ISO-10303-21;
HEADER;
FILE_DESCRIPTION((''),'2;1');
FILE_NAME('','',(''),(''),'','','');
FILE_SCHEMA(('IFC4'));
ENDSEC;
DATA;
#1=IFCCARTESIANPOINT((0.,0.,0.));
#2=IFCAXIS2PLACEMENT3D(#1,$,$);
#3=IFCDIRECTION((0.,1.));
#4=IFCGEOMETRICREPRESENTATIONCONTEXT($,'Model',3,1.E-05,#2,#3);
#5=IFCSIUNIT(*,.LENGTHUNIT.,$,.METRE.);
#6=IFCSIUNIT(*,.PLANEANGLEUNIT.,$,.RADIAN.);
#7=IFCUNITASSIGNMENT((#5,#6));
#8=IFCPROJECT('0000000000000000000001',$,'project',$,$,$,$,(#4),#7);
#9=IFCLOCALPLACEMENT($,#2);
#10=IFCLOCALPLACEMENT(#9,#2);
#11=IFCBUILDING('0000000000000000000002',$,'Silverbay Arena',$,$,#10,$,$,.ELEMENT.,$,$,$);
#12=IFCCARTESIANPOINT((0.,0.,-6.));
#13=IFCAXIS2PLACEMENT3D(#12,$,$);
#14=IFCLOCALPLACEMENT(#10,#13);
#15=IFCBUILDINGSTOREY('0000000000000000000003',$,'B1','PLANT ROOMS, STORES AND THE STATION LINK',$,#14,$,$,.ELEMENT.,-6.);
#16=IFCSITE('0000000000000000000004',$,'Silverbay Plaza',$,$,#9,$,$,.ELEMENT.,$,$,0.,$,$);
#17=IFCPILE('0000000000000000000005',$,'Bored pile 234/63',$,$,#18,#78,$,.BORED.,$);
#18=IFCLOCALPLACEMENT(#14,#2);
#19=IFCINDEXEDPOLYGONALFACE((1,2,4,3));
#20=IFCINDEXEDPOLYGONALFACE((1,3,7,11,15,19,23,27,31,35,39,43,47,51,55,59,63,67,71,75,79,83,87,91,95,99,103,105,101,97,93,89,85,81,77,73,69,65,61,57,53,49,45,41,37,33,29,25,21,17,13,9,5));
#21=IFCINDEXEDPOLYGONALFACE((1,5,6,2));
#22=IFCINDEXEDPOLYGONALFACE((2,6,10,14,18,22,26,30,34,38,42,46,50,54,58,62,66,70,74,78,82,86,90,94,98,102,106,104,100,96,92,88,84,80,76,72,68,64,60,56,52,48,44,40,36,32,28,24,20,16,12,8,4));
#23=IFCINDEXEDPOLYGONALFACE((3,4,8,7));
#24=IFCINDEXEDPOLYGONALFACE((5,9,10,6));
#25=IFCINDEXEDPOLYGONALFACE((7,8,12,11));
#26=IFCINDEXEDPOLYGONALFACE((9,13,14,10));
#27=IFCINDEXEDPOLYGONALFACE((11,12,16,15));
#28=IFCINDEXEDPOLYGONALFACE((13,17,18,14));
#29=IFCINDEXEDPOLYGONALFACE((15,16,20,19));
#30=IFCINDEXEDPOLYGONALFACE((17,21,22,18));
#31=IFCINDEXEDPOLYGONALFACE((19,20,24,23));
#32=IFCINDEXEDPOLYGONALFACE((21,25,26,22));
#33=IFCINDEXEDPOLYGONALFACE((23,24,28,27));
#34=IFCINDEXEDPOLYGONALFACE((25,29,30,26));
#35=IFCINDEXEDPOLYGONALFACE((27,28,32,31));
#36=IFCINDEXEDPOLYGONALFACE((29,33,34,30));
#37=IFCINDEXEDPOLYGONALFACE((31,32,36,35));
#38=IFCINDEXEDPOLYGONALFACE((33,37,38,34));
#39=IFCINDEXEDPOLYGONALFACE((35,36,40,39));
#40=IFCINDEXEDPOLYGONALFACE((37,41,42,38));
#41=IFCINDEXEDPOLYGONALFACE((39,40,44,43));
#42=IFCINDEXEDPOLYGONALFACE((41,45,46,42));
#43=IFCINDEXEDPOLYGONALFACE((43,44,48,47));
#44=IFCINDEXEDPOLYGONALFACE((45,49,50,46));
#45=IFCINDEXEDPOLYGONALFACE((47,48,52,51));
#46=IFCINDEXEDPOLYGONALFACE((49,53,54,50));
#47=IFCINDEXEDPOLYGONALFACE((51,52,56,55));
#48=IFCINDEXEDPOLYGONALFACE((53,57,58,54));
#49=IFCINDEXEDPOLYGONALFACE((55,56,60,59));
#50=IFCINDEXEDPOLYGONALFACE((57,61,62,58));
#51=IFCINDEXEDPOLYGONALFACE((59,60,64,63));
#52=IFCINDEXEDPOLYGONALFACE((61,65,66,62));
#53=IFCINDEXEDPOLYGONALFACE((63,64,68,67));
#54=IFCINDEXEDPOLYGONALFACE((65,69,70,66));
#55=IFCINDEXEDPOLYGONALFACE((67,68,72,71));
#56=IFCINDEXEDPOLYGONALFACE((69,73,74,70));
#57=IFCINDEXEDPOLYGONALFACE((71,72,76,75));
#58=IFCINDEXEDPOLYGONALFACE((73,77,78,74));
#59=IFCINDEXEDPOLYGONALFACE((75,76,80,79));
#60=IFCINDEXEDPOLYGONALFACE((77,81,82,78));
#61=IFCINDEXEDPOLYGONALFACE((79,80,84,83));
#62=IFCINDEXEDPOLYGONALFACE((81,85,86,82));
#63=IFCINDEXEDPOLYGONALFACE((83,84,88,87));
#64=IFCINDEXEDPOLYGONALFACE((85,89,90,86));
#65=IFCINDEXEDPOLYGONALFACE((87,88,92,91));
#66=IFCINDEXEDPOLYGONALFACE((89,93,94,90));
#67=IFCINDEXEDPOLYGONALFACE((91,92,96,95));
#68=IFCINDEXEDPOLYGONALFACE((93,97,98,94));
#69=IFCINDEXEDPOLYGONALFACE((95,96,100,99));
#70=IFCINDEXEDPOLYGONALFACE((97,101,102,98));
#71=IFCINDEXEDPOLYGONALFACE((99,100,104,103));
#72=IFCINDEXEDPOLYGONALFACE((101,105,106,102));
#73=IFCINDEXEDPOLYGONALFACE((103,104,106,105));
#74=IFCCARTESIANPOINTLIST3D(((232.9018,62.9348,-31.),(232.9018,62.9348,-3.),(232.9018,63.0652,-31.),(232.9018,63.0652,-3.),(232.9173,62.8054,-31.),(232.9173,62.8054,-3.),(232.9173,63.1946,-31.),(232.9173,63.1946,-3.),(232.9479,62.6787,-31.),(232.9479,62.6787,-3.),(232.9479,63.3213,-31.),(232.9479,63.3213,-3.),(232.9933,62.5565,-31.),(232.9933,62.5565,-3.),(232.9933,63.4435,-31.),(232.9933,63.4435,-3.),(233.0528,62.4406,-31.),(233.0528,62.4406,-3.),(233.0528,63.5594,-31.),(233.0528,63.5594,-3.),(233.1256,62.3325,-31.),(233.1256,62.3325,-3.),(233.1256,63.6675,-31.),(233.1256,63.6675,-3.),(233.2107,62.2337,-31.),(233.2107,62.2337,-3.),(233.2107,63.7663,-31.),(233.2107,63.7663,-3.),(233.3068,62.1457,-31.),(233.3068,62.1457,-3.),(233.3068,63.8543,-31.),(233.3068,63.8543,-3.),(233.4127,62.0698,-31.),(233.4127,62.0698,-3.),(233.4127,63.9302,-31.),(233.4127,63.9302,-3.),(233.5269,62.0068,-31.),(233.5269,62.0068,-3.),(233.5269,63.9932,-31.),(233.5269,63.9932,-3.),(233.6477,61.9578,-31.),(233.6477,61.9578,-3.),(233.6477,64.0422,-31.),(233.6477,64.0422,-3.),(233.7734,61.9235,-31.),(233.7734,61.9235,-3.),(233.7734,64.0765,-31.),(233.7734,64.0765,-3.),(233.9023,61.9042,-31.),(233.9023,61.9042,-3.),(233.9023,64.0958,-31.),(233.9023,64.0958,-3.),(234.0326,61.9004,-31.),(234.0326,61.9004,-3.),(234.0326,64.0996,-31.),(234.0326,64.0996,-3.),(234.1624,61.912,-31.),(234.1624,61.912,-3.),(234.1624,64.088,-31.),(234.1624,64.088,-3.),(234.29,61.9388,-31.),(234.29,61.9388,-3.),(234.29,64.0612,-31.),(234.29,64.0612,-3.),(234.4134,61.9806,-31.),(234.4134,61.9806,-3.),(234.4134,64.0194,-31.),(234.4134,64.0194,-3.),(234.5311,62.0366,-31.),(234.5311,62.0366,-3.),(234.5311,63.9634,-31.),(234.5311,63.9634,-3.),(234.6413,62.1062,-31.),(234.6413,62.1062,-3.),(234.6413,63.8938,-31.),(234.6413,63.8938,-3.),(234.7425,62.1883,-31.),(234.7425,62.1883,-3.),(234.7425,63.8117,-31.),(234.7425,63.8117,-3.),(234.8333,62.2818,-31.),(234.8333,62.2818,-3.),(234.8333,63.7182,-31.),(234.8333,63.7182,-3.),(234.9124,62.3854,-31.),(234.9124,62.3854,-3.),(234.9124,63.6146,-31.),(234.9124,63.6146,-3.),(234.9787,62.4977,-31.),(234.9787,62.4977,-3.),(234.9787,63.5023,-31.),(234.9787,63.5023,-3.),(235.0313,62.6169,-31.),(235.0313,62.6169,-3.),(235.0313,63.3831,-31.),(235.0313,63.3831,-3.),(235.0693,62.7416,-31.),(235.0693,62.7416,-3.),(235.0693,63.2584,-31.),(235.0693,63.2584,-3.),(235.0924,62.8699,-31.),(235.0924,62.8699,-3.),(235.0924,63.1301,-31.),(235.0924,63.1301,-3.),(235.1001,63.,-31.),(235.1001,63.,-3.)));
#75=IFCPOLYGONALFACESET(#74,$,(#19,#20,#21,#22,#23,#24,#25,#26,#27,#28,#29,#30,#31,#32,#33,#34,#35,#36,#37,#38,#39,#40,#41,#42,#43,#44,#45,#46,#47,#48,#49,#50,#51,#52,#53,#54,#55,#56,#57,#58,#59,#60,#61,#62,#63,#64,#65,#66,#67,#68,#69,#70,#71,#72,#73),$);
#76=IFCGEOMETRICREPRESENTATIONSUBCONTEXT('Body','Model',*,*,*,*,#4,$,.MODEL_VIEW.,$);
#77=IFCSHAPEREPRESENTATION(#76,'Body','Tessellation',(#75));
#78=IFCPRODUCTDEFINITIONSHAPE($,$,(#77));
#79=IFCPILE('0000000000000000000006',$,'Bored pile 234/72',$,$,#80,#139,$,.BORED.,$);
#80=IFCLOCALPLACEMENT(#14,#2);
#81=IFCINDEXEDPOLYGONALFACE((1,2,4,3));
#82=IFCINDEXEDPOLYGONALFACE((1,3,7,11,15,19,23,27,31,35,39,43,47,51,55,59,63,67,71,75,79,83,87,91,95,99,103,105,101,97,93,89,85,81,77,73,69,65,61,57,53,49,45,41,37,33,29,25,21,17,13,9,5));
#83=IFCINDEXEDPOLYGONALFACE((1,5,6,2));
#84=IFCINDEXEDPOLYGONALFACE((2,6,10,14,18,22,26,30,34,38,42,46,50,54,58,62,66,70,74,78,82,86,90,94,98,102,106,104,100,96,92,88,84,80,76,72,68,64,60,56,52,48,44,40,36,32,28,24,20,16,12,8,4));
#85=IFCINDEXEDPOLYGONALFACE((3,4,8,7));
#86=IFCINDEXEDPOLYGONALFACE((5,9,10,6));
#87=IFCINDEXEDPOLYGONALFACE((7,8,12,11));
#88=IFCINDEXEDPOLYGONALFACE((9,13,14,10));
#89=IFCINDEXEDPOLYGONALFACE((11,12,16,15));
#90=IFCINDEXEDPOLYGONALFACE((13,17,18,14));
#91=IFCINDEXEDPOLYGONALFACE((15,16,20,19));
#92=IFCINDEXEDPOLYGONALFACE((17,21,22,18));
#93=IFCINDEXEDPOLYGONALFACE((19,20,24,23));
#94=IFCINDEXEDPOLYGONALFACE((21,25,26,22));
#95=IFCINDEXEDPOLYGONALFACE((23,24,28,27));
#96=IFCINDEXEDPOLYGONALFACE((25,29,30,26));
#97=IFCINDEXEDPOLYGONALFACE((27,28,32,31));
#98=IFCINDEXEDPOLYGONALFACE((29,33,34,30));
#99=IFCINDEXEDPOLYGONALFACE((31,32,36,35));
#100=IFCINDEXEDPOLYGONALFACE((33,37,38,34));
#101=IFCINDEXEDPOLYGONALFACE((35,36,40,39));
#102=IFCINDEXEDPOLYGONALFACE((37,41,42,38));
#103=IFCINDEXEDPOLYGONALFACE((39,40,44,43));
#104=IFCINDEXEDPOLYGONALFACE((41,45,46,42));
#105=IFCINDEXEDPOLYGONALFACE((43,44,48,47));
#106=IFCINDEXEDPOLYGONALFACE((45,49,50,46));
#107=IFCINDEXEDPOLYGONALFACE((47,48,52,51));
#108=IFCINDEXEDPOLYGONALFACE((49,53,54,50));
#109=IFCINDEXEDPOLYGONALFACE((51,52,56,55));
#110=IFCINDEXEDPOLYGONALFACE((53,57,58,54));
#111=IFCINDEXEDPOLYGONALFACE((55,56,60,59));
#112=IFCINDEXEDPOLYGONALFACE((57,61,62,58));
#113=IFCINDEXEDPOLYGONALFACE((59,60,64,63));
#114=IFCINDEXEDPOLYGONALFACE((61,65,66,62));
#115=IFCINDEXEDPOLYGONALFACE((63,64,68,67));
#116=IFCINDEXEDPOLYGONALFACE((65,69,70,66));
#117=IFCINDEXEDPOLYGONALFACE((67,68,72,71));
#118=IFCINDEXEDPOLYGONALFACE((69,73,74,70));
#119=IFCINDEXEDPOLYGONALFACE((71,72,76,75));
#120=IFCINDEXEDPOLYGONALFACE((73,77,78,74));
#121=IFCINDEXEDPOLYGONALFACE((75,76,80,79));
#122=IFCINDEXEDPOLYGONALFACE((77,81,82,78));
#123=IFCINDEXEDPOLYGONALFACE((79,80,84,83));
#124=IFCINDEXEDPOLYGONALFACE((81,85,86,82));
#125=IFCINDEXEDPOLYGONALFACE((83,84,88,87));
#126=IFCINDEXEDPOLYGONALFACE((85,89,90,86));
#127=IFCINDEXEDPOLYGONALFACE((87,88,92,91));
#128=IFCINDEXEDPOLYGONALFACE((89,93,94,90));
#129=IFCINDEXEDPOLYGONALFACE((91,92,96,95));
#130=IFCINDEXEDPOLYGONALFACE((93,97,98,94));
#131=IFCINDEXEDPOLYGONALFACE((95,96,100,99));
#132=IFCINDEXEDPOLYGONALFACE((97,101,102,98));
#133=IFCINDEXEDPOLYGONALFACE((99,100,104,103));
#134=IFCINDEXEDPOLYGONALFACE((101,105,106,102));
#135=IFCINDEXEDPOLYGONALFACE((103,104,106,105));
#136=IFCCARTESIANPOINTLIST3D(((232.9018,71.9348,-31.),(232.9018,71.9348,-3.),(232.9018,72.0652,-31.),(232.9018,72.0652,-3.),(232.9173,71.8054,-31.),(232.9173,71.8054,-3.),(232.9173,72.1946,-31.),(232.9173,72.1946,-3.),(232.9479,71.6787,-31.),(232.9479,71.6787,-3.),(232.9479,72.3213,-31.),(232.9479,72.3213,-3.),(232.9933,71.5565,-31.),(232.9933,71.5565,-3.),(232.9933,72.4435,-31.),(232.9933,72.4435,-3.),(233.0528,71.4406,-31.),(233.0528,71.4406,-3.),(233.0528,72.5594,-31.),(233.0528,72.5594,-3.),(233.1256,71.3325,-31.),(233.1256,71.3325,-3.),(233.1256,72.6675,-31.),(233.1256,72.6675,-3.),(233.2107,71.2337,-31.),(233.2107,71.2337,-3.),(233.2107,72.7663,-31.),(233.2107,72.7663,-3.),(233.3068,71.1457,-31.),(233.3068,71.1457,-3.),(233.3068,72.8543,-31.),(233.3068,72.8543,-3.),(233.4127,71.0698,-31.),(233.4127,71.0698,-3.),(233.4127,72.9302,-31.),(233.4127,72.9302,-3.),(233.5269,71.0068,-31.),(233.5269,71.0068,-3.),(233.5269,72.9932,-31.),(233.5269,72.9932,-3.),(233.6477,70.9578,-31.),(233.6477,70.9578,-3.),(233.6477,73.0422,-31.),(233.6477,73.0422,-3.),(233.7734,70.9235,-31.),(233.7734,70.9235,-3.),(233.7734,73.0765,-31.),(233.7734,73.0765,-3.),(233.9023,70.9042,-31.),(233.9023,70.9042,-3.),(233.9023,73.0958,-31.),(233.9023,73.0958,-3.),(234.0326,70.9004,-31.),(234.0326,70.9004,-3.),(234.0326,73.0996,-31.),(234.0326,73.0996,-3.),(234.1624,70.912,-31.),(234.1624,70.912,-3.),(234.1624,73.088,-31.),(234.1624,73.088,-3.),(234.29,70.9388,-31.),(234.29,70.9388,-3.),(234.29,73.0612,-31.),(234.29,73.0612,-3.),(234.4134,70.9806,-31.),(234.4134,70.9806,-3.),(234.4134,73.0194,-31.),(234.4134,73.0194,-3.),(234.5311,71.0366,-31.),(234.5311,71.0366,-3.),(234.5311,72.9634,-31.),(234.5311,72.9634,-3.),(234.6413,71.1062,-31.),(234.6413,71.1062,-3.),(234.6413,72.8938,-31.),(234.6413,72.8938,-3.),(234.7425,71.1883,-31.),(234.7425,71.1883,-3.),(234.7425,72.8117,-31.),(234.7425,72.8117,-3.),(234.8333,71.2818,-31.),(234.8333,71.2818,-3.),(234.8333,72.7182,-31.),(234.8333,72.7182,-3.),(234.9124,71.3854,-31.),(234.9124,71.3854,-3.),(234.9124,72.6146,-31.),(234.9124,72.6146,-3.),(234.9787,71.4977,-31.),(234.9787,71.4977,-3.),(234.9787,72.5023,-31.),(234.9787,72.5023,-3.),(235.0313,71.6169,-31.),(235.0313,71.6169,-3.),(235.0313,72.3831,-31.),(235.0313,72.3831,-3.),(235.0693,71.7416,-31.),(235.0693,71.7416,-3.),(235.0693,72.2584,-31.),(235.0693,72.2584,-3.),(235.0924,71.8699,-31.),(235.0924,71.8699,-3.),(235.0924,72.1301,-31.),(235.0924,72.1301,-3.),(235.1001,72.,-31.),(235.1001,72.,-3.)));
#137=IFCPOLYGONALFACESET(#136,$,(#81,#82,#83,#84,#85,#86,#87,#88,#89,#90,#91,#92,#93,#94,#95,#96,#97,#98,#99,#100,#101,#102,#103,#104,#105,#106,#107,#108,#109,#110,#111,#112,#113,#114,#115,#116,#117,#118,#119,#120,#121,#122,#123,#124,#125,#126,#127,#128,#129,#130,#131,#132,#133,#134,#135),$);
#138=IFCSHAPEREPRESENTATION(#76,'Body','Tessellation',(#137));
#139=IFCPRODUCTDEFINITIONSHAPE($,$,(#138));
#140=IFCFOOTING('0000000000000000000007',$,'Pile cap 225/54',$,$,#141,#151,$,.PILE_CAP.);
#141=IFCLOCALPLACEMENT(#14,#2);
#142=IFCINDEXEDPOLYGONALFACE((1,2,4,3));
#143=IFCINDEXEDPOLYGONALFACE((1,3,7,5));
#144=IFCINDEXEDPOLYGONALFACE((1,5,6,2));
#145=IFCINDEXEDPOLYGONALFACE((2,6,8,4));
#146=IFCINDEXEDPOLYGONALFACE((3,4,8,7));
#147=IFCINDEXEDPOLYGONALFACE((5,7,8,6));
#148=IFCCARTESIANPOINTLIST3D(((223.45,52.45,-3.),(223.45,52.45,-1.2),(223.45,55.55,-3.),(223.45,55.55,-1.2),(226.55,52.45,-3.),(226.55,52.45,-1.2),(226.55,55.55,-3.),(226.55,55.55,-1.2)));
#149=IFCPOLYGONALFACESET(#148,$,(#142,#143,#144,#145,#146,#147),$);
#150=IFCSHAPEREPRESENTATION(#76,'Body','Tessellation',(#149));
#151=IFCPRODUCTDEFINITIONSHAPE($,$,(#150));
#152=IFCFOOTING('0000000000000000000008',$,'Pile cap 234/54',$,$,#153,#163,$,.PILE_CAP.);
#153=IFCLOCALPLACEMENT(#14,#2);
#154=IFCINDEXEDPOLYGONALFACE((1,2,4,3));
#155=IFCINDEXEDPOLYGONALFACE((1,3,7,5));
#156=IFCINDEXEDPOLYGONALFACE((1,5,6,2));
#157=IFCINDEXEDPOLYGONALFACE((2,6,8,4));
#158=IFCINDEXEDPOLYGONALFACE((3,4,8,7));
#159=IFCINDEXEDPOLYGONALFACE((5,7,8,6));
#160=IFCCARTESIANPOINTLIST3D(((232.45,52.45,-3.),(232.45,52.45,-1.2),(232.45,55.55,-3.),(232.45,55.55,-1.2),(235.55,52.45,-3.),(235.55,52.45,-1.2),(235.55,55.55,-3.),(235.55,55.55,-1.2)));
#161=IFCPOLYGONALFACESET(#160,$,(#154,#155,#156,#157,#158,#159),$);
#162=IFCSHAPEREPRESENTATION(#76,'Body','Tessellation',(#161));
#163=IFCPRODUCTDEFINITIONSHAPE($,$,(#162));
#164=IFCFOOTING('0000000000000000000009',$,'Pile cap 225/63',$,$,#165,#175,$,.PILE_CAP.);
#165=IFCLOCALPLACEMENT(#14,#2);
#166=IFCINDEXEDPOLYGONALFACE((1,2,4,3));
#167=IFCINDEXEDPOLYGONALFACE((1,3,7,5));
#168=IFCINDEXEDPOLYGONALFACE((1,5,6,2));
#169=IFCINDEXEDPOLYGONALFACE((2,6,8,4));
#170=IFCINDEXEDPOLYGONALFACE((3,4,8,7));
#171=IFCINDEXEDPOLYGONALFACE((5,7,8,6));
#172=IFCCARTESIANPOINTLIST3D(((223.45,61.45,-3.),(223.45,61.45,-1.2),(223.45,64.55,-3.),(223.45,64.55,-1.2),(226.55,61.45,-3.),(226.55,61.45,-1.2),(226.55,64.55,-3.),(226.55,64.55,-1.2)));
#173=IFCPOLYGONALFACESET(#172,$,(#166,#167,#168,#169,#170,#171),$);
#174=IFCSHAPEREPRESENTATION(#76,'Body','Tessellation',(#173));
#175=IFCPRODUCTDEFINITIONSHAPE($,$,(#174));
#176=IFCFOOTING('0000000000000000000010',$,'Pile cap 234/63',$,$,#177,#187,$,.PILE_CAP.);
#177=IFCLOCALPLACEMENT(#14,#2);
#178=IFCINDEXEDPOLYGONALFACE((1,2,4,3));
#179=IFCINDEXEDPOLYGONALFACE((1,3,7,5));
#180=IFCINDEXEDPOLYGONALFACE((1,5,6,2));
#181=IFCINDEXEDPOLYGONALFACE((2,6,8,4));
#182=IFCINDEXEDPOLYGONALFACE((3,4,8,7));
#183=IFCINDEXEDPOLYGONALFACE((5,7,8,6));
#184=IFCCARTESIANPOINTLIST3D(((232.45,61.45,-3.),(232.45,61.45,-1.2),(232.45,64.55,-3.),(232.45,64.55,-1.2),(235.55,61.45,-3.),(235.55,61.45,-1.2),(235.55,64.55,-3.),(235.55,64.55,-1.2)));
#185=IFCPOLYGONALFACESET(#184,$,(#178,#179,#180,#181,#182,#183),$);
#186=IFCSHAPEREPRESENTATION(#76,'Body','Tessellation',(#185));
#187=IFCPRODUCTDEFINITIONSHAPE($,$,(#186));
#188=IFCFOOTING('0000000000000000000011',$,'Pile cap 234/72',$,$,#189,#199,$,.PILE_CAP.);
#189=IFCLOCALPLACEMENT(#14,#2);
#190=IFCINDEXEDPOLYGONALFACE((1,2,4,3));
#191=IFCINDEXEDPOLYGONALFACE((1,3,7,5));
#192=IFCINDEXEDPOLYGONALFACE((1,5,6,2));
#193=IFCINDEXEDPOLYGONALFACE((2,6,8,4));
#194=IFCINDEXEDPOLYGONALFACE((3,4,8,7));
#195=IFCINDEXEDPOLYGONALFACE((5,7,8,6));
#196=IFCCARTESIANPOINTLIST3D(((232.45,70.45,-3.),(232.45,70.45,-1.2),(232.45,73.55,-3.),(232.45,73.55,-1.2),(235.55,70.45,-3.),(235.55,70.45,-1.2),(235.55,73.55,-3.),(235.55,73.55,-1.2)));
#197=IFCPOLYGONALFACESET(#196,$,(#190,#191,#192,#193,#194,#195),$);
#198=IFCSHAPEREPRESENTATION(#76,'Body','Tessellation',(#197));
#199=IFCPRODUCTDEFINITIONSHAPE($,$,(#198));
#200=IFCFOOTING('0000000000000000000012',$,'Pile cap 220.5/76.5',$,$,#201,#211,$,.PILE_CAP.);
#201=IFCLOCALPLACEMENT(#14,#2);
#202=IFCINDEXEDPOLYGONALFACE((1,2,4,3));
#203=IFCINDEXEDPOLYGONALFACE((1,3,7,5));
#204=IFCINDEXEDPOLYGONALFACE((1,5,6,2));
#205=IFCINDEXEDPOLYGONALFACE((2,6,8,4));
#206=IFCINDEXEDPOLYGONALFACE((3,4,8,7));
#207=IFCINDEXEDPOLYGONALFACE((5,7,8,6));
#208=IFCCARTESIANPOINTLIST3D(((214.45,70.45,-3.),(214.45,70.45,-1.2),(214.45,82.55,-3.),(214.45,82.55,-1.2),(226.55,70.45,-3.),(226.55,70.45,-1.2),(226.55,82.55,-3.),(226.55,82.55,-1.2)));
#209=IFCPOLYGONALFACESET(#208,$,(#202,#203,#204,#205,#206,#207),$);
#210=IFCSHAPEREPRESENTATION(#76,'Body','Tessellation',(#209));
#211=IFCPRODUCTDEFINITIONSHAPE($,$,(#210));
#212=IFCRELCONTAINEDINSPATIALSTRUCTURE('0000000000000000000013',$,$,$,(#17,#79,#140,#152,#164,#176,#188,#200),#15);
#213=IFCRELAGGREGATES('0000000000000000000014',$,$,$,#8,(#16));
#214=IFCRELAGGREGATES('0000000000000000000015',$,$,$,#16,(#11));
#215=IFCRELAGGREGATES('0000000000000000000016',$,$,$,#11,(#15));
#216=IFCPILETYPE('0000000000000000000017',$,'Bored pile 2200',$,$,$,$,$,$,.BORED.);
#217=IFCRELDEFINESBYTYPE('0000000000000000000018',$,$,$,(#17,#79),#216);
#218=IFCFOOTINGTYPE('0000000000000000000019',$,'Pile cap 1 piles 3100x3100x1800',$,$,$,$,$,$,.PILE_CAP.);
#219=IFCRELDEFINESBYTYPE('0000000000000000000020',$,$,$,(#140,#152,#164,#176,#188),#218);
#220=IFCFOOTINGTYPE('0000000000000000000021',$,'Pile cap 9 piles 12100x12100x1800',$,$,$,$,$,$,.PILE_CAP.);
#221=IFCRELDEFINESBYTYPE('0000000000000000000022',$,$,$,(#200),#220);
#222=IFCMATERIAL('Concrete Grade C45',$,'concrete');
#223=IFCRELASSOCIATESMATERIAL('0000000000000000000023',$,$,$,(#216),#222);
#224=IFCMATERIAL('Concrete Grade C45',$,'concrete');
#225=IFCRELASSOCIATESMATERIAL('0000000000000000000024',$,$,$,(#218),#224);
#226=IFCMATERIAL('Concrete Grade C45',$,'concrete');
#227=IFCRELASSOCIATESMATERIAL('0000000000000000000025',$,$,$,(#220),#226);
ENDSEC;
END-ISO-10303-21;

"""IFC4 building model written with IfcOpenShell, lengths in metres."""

from ifc_helpers import new_model, si_unit, direction, frame, origin, origin_2d, place, context, subcontext, project, spatial, rectangle, circle, extrude, material, material_profile, profile_set, type_object, element, save


model = new_model("IFC4")

# Units and contexts
model_context = context("Model", 3, precision=1e-05, world=origin(), true_north=direction((0.0, 1.0)))
body_context = subcontext(model_context, "Body", "Model", "MODEL_VIEW")
ifc_project = project(units=[si_unit("LENGTHUNIT", "METRE"), si_unit("PLANEANGLEUNIT", "RADIAN")], contexts=[model_context])

# Site, building, storey
site_placement = place(None, origin())
site = spatial("IfcSite", under=ifc_project, at=site_placement, Name="Silverbay Plaza", CompositionType="ELEMENT", RefElevation=0.0)
building_placement = place(site_placement, origin())
building = spatial("IfcBuilding", under=site, at=building_placement, Name="Silverbay Arena", CompositionType="ELEMENT")
storey_placement = place(building_placement, frame((0.0, 0.0, -6.0)))
storey = spatial("IfcBuildingStorey", under=building, at=storey_placement, Name="B1", Description="PLANT ROOMS, STORES AND THE STATION LINK", CompositionType="ELEMENT", Elevation=-6.0)

# Piles
ifc_material_1 = material(Name="Concrete Grade C45", Category="concrete")
ifc_material_profile_1 = material_profile(ifc_material_1, circle(Radius=1.1001, at=origin_2d()), Name="Bored pile 2200")
ifc_profile_set_1 = profile_set([ifc_material_profile_1], Name="Concrete Grade C45")
pile_type_1 = type_object("IfcPileType", Name="Bored pile 2200", PredefinedType="BORED", material=ifc_profile_set_1)
for number, where, z_axis, x_axis, name in (
    (1, (234.0, 63.0, -3.0), (0.0, 0.0, -1.0), (1.0, 0.0, 0.0), "Bored pile 234/63"),
    (2, (234.0, 72.0, -3.0), (0.0, 0.0, -1.0), (1.0, 0.0, 0.0), "Bored pile 234/72"),
):
    element("IfcPile", number, at=place(storey_placement, frame(where, z_axis=z_axis, x_axis=x_axis)), inside=storey, type_object=pile_type_1, Name=name, PredefinedType="BORED", context=body_context, shape_type="SweptSolid", body=[
        extrude(circle(Radius=1.1001, at=origin_2d()), origin(), (0.0, 0.0, 1.0), 28.0),
    ])

# Footings
ifc_material_2 = material(Name="Concrete Grade C45", Category="concrete")
footing_type_1 = type_object("IfcFootingType", Name="Pile cap 1 piles 3100x3100x1800", PredefinedType="PILE_CAP", material=ifc_material_2)
for number, where, z_axis, x_axis, name in (
    (3, (225.0, 54.0, -3.0), (0.0, 0.0, 1.0), (1.0, 0.0, 0.0), "Pile cap 225/54"),
    (4, (234.0, 54.0, -3.0), (0.0, 0.0, 1.0), (1.0, 0.0, 0.0), "Pile cap 234/54"),
    (5, (225.0, 63.0, -3.0), (0.0, 0.0, 1.0), (1.0, 0.0, 0.0), "Pile cap 225/63"),
    (6, (234.0, 63.0, -3.0), (0.0, 0.0, 1.0), (1.0, 0.0, 0.0), "Pile cap 234/63"),
    (7, (234.0, 72.0, -3.0), (0.0, 0.0, 1.0), (1.0, 0.0, 0.0), "Pile cap 234/72"),
):
    element("IfcFooting", number, at=place(storey_placement, frame(where, z_axis=z_axis, x_axis=x_axis)), inside=storey, type_object=footing_type_1, Name=name, PredefinedType="PILE_CAP", context=body_context, shape_type="SweptSolid", body=[
        extrude(rectangle(XDim=3.1001, YDim=3.1001, at=origin_2d()), origin(), (0.0, 0.0, 1.0), 1.8),
    ])
ifc_material_3 = material(Name="Concrete Grade C45", Category="concrete")
footing_type_2 = type_object("IfcFootingType", Name="Pile cap 9 piles 12100x12100x1800", PredefinedType="PILE_CAP", material=ifc_material_3)
footing_placement = place(storey_placement, frame((220.5, 76.5, -3.0), z_axis=(0.0, 0.0, 1.0), x_axis=(1.0, 0.0, 0.0)))
element("IfcFooting", 8, at=footing_placement, inside=storey, type_object=footing_type_2, Name="Pile cap 220.5/76.5", PredefinedType="PILE_CAP", context=body_context, shape_type="SweptSolid", body=[
    extrude(rectangle(XDim=12.1001, YDim=12.1001, at=origin_2d()), origin(), (0.0, 0.0, 1.0), 1.8),
])

save(model, "model.ifc")
